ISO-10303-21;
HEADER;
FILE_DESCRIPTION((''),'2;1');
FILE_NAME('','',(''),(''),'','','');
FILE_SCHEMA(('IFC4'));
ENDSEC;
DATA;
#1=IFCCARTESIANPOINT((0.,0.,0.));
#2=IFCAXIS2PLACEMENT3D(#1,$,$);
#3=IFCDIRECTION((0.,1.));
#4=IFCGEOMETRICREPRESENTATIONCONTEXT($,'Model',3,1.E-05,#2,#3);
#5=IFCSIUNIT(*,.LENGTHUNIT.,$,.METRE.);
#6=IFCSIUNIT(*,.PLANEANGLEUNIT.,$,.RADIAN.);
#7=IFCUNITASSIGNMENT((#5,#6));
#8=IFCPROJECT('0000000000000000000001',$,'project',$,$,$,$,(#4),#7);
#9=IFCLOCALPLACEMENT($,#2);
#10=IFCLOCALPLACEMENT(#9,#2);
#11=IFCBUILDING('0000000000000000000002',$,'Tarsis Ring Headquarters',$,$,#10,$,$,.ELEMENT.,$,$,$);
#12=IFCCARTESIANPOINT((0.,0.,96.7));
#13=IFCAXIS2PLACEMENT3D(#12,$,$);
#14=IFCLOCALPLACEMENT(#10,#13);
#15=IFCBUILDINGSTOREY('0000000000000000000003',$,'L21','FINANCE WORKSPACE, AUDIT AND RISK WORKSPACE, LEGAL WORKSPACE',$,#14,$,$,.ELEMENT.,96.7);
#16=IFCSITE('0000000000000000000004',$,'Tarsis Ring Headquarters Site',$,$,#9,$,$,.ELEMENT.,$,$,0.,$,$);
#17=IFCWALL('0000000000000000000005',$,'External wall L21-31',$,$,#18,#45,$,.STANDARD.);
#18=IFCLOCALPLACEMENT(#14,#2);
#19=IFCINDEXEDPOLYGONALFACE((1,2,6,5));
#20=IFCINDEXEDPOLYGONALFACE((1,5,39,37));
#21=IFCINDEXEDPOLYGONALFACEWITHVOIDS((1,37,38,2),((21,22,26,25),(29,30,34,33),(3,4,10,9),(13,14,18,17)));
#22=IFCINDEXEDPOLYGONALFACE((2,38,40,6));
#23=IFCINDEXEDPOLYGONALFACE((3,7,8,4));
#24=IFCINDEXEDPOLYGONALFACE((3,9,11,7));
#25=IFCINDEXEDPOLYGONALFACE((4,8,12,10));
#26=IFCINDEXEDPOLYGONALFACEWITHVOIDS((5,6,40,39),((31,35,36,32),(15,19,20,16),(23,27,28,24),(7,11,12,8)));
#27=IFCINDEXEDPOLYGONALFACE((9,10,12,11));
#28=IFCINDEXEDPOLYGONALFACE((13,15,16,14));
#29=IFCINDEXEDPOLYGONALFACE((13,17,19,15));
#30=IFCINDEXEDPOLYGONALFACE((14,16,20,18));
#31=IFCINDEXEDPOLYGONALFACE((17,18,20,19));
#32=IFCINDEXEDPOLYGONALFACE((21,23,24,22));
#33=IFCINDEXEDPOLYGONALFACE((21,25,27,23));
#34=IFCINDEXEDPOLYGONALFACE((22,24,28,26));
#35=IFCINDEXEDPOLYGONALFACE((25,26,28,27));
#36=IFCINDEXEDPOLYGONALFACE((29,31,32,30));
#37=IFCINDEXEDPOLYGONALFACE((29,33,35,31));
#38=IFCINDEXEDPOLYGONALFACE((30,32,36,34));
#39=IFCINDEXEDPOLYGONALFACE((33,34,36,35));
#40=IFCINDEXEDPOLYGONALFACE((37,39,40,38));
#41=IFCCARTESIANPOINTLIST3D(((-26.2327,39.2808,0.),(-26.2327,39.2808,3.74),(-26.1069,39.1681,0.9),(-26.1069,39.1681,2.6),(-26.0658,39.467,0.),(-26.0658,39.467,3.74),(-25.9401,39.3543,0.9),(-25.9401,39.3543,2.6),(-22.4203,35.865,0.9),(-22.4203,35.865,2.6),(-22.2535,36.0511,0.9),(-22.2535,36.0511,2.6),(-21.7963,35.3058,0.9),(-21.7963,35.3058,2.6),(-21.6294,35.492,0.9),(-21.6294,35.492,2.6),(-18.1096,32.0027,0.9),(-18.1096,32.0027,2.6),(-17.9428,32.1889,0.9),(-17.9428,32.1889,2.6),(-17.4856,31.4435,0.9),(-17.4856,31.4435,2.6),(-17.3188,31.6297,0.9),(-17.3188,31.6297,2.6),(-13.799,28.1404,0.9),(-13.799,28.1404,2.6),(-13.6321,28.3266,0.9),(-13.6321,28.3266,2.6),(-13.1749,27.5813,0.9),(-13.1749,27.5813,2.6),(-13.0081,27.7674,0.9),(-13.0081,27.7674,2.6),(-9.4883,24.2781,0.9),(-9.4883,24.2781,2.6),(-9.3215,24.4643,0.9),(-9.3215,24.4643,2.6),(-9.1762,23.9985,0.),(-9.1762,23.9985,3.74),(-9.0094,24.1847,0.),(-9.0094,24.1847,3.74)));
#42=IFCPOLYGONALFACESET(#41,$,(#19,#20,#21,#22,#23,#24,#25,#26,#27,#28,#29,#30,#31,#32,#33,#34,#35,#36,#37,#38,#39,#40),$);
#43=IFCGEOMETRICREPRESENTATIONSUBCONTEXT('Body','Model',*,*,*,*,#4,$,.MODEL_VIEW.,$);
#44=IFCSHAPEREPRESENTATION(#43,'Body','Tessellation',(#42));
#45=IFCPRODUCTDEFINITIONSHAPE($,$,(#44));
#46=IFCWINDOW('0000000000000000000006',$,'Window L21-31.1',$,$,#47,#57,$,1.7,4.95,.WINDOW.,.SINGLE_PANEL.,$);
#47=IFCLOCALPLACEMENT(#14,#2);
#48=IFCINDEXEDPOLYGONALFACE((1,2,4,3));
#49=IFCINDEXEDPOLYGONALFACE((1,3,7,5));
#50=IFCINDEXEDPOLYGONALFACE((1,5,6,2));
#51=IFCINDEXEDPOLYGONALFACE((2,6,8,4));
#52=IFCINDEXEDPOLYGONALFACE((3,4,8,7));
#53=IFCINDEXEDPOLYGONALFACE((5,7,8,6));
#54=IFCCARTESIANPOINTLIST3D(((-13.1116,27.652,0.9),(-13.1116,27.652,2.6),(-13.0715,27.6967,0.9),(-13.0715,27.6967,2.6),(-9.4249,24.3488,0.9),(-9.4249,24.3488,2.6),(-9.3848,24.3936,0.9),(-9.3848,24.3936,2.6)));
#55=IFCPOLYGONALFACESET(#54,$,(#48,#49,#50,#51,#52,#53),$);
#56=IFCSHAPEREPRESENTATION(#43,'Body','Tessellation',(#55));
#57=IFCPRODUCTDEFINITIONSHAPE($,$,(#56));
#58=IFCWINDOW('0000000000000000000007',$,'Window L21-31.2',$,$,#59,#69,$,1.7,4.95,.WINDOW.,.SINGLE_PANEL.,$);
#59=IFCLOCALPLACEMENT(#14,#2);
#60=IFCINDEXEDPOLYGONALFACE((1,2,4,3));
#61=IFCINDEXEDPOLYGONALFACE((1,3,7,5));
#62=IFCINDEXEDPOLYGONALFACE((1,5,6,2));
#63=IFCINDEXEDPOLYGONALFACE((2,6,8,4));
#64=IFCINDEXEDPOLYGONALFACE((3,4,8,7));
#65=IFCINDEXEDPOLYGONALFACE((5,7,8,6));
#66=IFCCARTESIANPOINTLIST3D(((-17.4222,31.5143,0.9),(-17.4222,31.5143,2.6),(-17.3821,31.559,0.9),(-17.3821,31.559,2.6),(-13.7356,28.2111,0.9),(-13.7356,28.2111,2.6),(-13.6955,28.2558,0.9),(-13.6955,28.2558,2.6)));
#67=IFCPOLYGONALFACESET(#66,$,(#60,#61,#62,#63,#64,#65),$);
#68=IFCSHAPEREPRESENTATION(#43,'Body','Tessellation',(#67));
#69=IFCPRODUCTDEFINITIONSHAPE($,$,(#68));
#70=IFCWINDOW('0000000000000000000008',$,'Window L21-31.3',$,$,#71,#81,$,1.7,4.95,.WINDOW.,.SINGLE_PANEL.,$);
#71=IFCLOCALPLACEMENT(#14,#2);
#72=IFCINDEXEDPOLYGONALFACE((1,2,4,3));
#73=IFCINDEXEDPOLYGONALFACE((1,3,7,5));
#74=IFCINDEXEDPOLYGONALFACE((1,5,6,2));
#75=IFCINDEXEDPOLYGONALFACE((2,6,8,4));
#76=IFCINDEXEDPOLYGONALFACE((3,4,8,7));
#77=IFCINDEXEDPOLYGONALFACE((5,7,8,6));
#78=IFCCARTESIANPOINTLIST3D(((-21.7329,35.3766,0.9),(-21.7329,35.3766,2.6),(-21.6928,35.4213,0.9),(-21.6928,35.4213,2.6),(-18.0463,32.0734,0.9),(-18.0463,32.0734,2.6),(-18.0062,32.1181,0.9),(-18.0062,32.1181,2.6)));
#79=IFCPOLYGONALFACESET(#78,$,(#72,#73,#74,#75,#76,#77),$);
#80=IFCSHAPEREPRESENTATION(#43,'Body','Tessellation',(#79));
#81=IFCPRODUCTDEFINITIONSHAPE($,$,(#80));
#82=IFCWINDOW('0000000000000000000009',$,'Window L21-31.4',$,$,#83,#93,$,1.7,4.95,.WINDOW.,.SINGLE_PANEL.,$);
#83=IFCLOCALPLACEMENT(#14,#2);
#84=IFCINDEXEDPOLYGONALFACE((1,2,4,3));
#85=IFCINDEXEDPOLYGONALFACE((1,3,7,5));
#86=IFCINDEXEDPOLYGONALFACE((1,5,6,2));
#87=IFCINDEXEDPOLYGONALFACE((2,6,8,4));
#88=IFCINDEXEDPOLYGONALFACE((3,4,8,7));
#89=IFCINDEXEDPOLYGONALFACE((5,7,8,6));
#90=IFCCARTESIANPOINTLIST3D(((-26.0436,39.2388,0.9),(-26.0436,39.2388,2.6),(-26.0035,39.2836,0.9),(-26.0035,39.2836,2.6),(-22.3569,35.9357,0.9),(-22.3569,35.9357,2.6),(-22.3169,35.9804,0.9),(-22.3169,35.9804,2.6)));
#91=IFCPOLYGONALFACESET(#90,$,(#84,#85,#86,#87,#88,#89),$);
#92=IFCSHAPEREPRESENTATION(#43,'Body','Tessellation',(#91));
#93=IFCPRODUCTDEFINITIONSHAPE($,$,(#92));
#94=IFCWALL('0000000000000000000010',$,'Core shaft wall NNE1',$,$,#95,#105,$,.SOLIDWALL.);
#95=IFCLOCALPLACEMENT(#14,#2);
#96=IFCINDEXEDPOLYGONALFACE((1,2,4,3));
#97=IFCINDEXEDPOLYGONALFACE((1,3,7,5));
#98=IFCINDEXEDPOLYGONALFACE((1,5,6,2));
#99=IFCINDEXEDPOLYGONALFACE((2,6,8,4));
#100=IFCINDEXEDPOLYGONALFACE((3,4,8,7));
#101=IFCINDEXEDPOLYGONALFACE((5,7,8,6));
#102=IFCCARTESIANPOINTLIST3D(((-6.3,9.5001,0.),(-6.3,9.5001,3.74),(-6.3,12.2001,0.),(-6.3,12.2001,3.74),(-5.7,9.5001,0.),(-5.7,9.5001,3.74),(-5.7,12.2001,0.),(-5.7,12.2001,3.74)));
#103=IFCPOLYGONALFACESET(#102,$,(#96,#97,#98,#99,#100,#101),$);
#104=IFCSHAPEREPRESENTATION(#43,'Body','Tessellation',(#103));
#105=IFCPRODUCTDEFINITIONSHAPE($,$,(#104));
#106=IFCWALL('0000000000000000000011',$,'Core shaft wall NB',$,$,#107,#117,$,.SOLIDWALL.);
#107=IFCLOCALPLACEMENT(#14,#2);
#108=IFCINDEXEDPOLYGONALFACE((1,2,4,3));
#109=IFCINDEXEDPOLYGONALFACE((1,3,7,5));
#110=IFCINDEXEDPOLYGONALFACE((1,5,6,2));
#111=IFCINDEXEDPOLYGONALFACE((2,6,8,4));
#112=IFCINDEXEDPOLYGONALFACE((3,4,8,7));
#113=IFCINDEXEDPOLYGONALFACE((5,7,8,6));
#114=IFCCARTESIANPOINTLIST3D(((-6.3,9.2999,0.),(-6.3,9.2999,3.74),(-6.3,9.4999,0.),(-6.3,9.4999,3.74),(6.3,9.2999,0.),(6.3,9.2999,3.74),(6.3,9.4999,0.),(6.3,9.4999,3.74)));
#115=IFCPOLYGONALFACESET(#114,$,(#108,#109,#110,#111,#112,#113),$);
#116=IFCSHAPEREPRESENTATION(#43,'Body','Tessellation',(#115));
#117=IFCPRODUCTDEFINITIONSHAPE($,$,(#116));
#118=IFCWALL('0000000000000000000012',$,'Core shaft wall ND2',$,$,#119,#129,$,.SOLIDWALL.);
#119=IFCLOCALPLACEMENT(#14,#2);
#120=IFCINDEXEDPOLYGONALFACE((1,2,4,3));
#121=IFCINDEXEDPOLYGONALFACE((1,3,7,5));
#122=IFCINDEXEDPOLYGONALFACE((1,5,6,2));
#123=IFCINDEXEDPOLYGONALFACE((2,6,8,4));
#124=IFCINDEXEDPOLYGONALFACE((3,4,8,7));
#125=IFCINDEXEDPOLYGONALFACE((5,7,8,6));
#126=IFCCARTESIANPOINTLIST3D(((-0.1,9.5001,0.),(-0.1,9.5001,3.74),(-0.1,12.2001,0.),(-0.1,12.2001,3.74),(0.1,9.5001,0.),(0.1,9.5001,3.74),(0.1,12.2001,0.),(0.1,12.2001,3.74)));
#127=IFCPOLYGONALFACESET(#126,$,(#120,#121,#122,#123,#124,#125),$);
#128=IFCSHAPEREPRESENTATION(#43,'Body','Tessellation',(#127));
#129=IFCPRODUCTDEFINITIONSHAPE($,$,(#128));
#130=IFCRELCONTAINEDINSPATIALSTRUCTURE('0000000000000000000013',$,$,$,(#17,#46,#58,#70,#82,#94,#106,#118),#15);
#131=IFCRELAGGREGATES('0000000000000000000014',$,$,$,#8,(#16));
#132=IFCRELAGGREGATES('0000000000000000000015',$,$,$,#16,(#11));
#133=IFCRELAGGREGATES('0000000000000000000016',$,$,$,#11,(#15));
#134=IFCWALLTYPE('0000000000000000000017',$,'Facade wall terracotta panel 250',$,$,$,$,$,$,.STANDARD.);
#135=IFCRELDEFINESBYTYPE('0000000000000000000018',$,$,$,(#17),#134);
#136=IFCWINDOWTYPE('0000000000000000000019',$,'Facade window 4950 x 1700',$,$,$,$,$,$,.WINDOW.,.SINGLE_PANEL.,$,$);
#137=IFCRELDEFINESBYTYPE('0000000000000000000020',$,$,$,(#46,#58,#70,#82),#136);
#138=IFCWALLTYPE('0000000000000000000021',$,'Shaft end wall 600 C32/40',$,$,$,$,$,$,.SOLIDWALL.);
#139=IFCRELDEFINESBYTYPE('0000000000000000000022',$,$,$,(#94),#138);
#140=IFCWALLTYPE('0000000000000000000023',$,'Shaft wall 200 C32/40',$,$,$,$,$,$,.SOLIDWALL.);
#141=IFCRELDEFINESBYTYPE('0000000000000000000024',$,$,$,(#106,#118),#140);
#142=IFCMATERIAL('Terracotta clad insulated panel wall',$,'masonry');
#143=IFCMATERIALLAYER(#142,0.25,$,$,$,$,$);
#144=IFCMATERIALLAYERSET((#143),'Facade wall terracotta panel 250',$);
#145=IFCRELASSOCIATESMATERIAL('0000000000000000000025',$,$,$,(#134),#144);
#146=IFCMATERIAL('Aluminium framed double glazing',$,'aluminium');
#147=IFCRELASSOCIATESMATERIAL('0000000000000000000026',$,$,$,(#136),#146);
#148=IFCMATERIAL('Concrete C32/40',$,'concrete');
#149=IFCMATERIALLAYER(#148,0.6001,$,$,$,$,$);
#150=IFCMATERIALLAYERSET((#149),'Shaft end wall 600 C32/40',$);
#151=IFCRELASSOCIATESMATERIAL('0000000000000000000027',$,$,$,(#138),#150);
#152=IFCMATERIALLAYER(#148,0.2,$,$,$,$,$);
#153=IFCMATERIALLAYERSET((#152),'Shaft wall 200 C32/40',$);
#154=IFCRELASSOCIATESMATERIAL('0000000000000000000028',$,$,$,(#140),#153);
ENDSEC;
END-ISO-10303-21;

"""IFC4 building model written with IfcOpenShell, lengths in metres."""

from ifc_helpers import new_model, si_unit, direction, frame, frame_2d, origin, place, context, subcontext, project, spatial, rectangle, extrude, material, layer, layer_set, type_object, element, fill, save


model = new_model("IFC4")

# Units and contexts
model_context = context("Model", 3, precision=1e-05, world=origin(), true_north=direction((0.0, 1.0)))
body_context = subcontext(model_context, "Body", "Model", "MODEL_VIEW")
ifc_project = project(units=[si_unit("LENGTHUNIT", "METRE"), si_unit("PLANEANGLEUNIT", "RADIAN")], contexts=[model_context])

# Site, building, storey
site_placement = place(None, origin())
site = spatial("IfcSite", under=ifc_project, at=site_placement, Name="Tarsis Ring Headquarters Site", CompositionType="ELEMENT", RefElevation=0.0)
building_placement = place(site_placement, origin())
building = spatial("IfcBuilding", under=site, at=building_placement, Name="Tarsis Ring Headquarters", CompositionType="ELEMENT")
storey_placement = place(building_placement, frame((0.0, 0.0, 96.7)))
storey = spatial("IfcBuildingStorey", under=building, at=storey_placement, Name="L21", Description="FINANCE WORKSPACE, AUDIT AND RISK WORKSPACE, LEGAL WORKSPACE", CompositionType="ELEMENT", Elevation=96.7)

# Shared definitions
ifc_material_1 = material(Name="Terracotta clad insulated panel wall", Category="masonry")
ifc_layer_1 = layer(ifc_material_1, 0.25)
ifc_layer_set_1 = layer_set([ifc_layer_1], Name="Facade wall terracotta panel 250")
wall_type_1 = type_object("IfcWallType", Name="Facade wall terracotta panel 250", PredefinedType="STANDARD", material=ifc_layer_set_1)
ifc_material_2 = material(Name="Aluminium framed double glazing", Category="aluminium")

# Wall, openings, windows
wall_1_placement = place(storey_placement, frame((-9.0928, 24.0916, 0.0), z_axis=(0.0, 0.0, 1.0), x_axis=(-0.74478, 0.66731, 0.0)))
wall_1 = element("IfcWall", 1, at=wall_1_placement, inside=storey, type_object=wall_type_1, Name="External wall L21-31", PredefinedType="STANDARD", context=body_context, shape_type="SweptSolid", body=[
    extrude(rectangle(XDim=22.9014, YDim=0.25, at=frame_2d((11.4507, 0.0))), origin(), (0.0, 0.0, 1.0), 3.74),
])
opening_1_placement = place(wall_1_placement, frame((0.4189, 0.0, 0.8999)))
opening_1 = element("IfcOpeningElement", 2, at=opening_1_placement, cuts=wall_1, PredefinedType="OPENING", context=body_context, shape_type="SweptSolid", body=[
    extrude(rectangle(XDim=4.95, YDim=1.7, at=frame_2d((2.4751, 0.8501))), frame((0.0, 0.135, 0.0), z_axis=(0.0, -1.0, 0.0), x_axis=(1.0, 0.0, 0.0)), (0.0, 0.0, 1.0), 0.27),
])
opening_2_placement = place(wall_1_placement, frame((6.2068, 0.0, 0.8999)))
opening_2 = element("IfcOpeningElement", 3, at=opening_2_placement, cuts=wall_1, PredefinedType="OPENING", context=body_context, shape_type="SweptSolid", body=[
    extrude(rectangle(XDim=4.95, YDim=1.7, at=frame_2d((2.4751, 0.8501))), frame((0.0, 0.135, 0.0), z_axis=(0.0, -1.0, 0.0), x_axis=(1.0, 0.0, 0.0)), (0.0, 0.0, 1.0), 0.27),
])
opening_3_placement = place(wall_1_placement, frame((11.9946, 0.0, 0.8999)))
opening_3 = element("IfcOpeningElement", 4, at=opening_3_placement, cuts=wall_1, PredefinedType="OPENING", context=body_context, shape_type="SweptSolid", body=[
    extrude(rectangle(XDim=4.95, YDim=1.7, at=frame_2d((2.4751, 0.8501))), frame((0.0, 0.135, 0.0), z_axis=(0.0, -1.0, 0.0), x_axis=(1.0, 0.0, 0.0)), (0.0, 0.0, 1.0), 0.27),
])
opening_4_placement = place(wall_1_placement, frame((17.7825, 0.0, 0.8999)))
opening_4 = element("IfcOpeningElement", 5, at=opening_4_placement, cuts=wall_1, PredefinedType="OPENING", context=body_context, shape_type="SweptSolid", body=[
    extrude(rectangle(XDim=4.95, YDim=1.7, at=frame_2d((2.4751, 0.8501))), frame((0.0, 0.135, 0.0), z_axis=(0.0, -1.0, 0.0), x_axis=(1.0, 0.0, 0.0)), (0.0, 0.0, 1.0), 0.27),
])
window_type_1 = type_object("IfcWindowType", Name="Facade window 4950 x 1700", PartitioningType="SINGLE_PANEL", PredefinedType="WINDOW", material=ifc_material_2)
window_1_placement = place(opening_1_placement, origin())
window_1 = element("IfcWindow", 6, at=window_1_placement, inside=storey, type_object=window_type_1, Name="Window L21-31.1", OverallHeight=1.7, OverallWidth=4.95, PartitioningType="SINGLE_PANEL", PredefinedType="WINDOW", context=body_context, shape_type="SweptSolid", body=[
    extrude(rectangle(XDim=4.95, YDim=1.7, at=frame_2d((2.4751, 0.8501))), frame((0.0, 0.03, 0.0), z_axis=(0.0, -1.0, 0.0), x_axis=(1.0, 0.0, 0.0)), (0.0, 0.0, 1.0), 0.0601),
])
fill(opening_1, window_1)
window_2_placement = place(opening_2_placement, origin())
window_2 = element("IfcWindow", 7, at=window_2_placement, inside=storey, type_object=window_type_1, Name="Window L21-31.2", OverallHeight=1.7, OverallWidth=4.95, PartitioningType="SINGLE_PANEL", PredefinedType="WINDOW", context=body_context, shape_type="SweptSolid", body=[
    extrude(rectangle(XDim=4.95, YDim=1.7, at=frame_2d((2.4751, 0.8501))), frame((0.0, 0.03, 0.0), z_axis=(0.0, -1.0, 0.0), x_axis=(1.0, 0.0, 0.0)), (0.0, 0.0, 1.0), 0.0601),
])
fill(opening_2, window_2)
window_3_placement = place(opening_3_placement, origin())
window_3 = element("IfcWindow", 8, at=window_3_placement, inside=storey, type_object=window_type_1, Name="Window L21-31.3", OverallHeight=1.7, OverallWidth=4.95, PartitioningType="SINGLE_PANEL", PredefinedType="WINDOW", context=body_context, shape_type="SweptSolid", body=[
    extrude(rectangle(XDim=4.95, YDim=1.7, at=frame_2d((2.4751, 0.8501))), frame((0.0, 0.03, 0.0), z_axis=(0.0, -1.0, 0.0), x_axis=(1.0, 0.0, 0.0)), (0.0, 0.0, 1.0), 0.0601),
])
fill(opening_3, window_3)
window_4_placement = place(opening_4_placement, origin())
window_4 = element("IfcWindow", 9, at=window_4_placement, inside=storey, type_object=window_type_1, Name="Window L21-31.4", OverallHeight=1.7, OverallWidth=4.95, PartitioningType="SINGLE_PANEL", PredefinedType="WINDOW", context=body_context, shape_type="SweptSolid", body=[
    extrude(rectangle(XDim=4.95, YDim=1.7, at=frame_2d((2.4751, 0.8501))), frame((0.0, 0.03, 0.0), z_axis=(0.0, -1.0, 0.0), x_axis=(1.0, 0.0, 0.0)), (0.0, 0.0, 1.0), 0.0601),
])
fill(opening_4, window_4)

# Walls
ifc_material_3 = material(Name="Concrete C32/40", Category="concrete")
ifc_layer_2 = layer(ifc_material_3, 0.6001)
ifc_layer_set_2 = layer_set([ifc_layer_2], Name="Shaft end wall 600 C32/40")
wall_type_2 = type_object("IfcWallType", Name="Shaft end wall 600 C32/40", PredefinedType="SOLIDWALL", material=ifc_layer_set_2)
wall_2_placement = place(storey_placement, frame((-6.0, 9.5, 0.0), z_axis=(0.0, 0.0, 1.0), x_axis=(0.0, 1.0, 0.0)))
element("IfcWall", 10, at=wall_2_placement, inside=storey, type_object=wall_type_2, Name="Core shaft wall NNE1", PredefinedType="SOLIDWALL", context=body_context, shape_type="SweptSolid", body=[
    extrude(rectangle(XDim=2.7, YDim=0.6001, at=frame_2d((1.3501, 0.0))), origin(), (0.0, 0.0, 1.0), 3.74),
])
ifc_layer_3 = layer(ifc_material_3, 0.2)
ifc_layer_set_3 = layer_set([ifc_layer_3], Name="Shaft wall 200 C32/40")
wall_type_3 = type_object("IfcWallType", Name="Shaft wall 200 C32/40", PredefinedType="SOLIDWALL", material=ifc_layer_set_3)
wall_3_placement = place(storey_placement, frame((-6.3, 9.3999, 0.0), z_axis=(0.0, 0.0, 1.0), x_axis=(1.0, 0.0, 0.0)))
element("IfcWall", 11, at=wall_3_placement, inside=storey, type_object=wall_type_3, Name="Core shaft wall NB", PredefinedType="SOLIDWALL", context=body_context, shape_type="SweptSolid", body=[
    extrude(rectangle(XDim=12.6001, YDim=0.2, at=frame_2d((6.3, 0.0))), origin(), (0.0, 0.0, 1.0), 3.74),
])
wall_4_placement = place(storey_placement, frame((0.0, 9.5, 0.0), z_axis=(0.0, 0.0, 1.0), x_axis=(0.0, 1.0, 0.0)))
element("IfcWall", 12, at=wall_4_placement, inside=storey, type_object=wall_type_3, Name="Core shaft wall ND2", PredefinedType="SOLIDWALL", context=body_context, shape_type="SweptSolid", body=[
    extrude(rectangle(XDim=2.7, YDim=0.2, at=frame_2d((1.3501, 0.0))), origin(), (0.0, 0.0, 1.0), 3.74),
])

save(model, "model.ifc")
